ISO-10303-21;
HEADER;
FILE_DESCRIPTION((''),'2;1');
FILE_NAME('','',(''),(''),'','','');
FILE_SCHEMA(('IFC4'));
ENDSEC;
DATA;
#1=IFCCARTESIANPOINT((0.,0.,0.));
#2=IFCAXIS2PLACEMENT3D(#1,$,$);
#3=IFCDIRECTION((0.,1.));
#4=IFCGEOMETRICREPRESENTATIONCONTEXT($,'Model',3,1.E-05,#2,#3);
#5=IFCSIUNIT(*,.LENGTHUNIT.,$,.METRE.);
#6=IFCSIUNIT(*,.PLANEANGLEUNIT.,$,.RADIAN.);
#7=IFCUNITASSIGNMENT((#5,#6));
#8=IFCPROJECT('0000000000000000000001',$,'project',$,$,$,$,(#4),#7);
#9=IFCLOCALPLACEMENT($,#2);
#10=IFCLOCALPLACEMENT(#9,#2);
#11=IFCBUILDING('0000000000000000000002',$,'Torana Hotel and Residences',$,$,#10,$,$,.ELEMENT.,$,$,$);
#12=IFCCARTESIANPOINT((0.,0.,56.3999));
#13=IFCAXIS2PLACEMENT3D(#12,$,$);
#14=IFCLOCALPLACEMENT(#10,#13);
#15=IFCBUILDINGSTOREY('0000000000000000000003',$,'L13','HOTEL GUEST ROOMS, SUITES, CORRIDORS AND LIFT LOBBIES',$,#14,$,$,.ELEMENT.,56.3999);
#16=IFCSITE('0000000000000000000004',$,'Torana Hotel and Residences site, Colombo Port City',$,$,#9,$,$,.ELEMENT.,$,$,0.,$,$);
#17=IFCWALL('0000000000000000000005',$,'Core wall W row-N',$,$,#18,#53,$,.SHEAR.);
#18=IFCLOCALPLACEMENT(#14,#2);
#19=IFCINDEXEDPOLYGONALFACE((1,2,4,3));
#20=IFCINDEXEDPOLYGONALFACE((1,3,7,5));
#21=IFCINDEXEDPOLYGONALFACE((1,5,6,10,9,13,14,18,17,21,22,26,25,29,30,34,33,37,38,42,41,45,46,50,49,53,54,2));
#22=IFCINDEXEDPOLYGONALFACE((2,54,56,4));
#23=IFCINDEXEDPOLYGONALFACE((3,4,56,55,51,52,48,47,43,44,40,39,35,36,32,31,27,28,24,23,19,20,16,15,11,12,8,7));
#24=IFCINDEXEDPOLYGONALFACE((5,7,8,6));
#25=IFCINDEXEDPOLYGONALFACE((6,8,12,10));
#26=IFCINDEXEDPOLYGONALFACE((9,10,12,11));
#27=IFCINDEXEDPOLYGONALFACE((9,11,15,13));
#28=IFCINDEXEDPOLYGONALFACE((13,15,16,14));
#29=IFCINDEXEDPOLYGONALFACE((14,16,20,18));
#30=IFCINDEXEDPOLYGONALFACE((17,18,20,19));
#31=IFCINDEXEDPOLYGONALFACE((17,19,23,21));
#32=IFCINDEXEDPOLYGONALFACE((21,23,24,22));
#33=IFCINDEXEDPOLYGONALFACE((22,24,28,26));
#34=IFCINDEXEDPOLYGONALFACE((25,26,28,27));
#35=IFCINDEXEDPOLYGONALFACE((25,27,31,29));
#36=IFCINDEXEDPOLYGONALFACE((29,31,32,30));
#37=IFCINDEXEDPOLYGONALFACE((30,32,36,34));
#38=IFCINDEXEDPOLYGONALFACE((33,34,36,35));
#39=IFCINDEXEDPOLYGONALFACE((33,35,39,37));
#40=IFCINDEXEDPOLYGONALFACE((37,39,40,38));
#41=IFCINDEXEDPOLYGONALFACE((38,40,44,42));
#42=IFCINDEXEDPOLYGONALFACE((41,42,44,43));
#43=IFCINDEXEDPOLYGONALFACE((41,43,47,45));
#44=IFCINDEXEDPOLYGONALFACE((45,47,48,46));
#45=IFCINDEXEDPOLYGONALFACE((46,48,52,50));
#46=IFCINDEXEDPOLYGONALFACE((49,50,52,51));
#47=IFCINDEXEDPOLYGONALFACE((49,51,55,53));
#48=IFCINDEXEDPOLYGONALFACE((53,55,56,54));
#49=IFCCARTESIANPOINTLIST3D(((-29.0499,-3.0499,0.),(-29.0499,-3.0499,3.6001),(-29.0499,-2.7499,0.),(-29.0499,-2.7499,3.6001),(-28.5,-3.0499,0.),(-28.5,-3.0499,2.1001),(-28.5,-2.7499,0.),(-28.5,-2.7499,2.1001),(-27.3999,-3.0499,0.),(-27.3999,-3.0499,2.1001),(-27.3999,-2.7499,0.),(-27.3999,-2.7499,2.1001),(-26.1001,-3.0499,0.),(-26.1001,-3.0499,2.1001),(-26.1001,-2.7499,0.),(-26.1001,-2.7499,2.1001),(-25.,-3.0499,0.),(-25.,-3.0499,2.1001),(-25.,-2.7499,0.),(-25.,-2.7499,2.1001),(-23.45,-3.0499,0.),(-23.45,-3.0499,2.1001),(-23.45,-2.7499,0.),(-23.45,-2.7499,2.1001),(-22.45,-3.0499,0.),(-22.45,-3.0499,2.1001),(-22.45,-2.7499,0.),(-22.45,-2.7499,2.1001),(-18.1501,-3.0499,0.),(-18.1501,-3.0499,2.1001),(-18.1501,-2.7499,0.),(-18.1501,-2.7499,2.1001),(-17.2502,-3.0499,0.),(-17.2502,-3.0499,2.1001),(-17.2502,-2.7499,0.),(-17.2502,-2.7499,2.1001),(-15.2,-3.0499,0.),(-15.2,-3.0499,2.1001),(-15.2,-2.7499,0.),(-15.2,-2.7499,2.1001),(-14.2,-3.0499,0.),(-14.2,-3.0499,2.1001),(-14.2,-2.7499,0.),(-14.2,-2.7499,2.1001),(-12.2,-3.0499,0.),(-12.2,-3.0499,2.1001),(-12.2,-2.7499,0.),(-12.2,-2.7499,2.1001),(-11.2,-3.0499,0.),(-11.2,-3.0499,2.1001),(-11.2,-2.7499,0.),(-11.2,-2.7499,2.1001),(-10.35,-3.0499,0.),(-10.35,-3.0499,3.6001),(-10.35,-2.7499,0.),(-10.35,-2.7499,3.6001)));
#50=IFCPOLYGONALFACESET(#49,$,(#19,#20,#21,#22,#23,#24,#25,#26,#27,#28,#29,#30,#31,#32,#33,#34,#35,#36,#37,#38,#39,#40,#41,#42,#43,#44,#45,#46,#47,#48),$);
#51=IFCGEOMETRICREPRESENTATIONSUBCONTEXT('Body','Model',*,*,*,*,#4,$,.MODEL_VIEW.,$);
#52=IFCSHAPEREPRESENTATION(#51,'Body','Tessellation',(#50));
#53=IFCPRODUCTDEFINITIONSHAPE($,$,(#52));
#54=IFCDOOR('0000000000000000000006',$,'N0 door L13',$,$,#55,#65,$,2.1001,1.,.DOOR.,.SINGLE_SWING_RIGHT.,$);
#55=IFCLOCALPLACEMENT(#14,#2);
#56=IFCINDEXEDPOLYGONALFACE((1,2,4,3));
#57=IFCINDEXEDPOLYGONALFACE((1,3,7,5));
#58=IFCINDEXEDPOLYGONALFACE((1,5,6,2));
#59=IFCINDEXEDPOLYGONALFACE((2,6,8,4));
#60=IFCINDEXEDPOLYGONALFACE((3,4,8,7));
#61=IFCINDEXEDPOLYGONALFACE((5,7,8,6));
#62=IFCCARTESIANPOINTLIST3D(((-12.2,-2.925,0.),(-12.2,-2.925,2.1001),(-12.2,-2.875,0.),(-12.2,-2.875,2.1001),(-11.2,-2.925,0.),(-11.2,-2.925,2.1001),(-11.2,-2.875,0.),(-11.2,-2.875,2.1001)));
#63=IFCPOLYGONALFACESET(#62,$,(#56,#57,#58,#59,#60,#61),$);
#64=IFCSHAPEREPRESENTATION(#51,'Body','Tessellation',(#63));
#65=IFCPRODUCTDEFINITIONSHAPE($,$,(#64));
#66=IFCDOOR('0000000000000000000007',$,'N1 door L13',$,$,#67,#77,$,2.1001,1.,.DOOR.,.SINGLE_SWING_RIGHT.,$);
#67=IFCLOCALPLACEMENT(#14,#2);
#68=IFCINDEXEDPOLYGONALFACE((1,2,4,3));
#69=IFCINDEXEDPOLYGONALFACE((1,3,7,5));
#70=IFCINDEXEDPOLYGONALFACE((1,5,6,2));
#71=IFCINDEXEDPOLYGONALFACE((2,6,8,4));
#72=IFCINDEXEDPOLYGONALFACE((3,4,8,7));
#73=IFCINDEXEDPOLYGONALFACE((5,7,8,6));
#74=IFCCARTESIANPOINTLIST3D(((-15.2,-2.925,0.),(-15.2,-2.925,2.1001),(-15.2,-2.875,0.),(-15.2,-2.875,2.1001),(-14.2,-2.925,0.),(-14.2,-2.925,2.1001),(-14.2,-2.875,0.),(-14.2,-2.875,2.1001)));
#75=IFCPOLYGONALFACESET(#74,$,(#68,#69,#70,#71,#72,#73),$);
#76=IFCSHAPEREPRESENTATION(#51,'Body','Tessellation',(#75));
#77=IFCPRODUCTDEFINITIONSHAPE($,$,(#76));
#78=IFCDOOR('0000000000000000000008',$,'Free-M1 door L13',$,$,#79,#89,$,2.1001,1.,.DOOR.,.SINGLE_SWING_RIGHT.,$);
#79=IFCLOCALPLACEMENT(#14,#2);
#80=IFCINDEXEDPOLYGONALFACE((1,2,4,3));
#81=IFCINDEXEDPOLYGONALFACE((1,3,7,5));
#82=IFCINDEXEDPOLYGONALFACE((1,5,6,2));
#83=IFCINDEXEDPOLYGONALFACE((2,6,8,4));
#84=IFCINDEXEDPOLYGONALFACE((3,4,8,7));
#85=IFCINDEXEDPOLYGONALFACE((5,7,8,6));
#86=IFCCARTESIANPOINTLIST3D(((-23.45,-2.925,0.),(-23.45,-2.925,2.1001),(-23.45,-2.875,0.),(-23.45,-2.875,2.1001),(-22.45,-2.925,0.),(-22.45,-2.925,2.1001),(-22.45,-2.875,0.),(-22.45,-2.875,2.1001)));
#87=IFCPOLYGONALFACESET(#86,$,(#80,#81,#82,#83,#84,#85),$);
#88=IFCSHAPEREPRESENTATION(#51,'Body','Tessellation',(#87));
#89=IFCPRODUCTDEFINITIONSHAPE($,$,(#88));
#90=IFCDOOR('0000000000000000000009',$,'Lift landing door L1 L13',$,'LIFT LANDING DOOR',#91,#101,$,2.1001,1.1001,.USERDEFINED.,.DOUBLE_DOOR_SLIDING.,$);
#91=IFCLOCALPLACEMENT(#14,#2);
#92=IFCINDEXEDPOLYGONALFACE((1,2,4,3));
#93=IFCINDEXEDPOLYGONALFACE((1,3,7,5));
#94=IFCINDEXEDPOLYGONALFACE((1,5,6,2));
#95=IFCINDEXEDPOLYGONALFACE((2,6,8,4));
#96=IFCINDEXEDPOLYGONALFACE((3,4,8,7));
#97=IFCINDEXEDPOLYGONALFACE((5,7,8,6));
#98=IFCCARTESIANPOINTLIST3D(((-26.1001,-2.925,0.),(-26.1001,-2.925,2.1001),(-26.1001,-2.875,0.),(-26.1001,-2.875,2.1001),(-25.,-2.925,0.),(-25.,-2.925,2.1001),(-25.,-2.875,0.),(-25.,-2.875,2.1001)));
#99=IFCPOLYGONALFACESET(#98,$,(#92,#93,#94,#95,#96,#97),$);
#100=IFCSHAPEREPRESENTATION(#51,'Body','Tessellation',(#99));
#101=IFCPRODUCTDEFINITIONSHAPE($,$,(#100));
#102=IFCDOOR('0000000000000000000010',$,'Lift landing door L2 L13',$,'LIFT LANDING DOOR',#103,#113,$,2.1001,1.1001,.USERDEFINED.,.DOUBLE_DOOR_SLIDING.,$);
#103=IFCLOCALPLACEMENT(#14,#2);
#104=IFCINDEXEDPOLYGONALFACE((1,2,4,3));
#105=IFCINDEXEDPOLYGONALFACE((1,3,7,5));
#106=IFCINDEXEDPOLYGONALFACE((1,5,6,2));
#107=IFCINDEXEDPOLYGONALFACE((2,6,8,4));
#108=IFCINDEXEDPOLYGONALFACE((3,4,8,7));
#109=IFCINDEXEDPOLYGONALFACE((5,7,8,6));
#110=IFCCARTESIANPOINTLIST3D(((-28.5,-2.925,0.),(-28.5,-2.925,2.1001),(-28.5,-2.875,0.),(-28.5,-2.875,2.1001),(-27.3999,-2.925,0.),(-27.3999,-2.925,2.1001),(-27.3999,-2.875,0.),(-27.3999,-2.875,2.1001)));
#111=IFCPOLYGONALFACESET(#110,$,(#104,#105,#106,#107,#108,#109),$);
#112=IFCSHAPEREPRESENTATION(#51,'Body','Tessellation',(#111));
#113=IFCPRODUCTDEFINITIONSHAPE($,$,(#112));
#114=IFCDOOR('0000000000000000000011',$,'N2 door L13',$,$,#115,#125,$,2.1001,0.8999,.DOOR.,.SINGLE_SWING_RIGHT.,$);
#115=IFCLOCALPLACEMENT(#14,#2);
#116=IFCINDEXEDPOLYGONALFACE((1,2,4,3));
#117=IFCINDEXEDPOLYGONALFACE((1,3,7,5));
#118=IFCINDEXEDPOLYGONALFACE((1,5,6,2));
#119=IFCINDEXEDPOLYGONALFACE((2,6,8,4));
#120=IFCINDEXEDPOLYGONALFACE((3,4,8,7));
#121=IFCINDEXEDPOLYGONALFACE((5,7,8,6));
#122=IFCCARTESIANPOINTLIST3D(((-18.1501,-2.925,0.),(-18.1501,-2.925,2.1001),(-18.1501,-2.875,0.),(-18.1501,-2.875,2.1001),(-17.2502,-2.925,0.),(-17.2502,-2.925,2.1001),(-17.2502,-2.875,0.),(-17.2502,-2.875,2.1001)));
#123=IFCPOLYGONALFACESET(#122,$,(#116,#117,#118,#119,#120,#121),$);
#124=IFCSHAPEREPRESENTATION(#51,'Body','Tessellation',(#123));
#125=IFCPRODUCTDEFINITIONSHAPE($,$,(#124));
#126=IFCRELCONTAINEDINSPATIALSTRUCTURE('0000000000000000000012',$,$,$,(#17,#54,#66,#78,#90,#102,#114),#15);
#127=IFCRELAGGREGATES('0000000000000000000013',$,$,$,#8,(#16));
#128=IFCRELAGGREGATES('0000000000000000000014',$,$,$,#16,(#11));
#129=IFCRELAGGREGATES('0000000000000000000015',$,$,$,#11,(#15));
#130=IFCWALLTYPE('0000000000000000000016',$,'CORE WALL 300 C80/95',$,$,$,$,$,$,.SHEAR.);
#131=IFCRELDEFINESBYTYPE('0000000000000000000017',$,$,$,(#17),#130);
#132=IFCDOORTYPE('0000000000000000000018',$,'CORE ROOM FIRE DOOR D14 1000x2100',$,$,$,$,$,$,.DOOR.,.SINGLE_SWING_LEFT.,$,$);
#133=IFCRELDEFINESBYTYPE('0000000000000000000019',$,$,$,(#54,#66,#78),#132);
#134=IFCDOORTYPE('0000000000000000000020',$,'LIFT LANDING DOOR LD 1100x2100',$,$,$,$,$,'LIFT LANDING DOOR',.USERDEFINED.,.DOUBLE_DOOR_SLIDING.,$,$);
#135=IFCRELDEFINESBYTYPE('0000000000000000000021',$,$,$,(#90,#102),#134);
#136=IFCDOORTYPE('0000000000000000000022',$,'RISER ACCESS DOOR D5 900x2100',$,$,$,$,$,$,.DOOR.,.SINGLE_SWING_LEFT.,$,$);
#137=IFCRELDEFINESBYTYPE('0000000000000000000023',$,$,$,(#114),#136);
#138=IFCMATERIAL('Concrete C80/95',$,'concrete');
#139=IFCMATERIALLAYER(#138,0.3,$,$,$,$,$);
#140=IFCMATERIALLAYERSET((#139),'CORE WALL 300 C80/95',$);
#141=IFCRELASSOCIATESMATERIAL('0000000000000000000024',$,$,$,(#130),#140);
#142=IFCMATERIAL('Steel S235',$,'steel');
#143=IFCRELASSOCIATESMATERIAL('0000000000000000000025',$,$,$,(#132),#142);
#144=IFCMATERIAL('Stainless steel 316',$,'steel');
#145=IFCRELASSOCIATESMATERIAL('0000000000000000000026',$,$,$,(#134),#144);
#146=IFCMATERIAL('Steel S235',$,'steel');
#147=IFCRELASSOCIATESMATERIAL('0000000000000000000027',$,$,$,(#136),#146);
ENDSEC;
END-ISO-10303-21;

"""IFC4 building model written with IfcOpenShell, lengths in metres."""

from ifc_helpers import new_model, si_unit, direction, frame, frame_2d, origin, place, context, subcontext, project, spatial, rectangle, extrude, material, layer, layer_set, type_object, element, fill, save


model = new_model("IFC4")

# Units and contexts
model_context = context("Model", 3, precision=1e-05, world=origin(), true_north=direction((0.0, 1.0)))
body_context = subcontext(model_context, "Body", "Model", "MODEL_VIEW")
ifc_project = project(units=[si_unit("LENGTHUNIT", "METRE"), si_unit("PLANEANGLEUNIT", "RADIAN")], contexts=[model_context])

# Site, building, storey
site_placement = place(None, origin())
site = spatial("IfcSite", under=ifc_project, at=site_placement, Name="Torana Hotel and Residences site, Colombo Port City", CompositionType="ELEMENT", RefElevation=0.0)
building_placement = place(site_placement, origin())
building = spatial("IfcBuilding", under=site, at=building_placement, Name="Torana Hotel and Residences", CompositionType="ELEMENT")
storey_placement = place(building_placement, frame((0.0, 0.0, 56.3999)))
storey = spatial("IfcBuildingStorey", under=building, at=storey_placement, Name="L13", Description="HOTEL GUEST ROOMS, SUITES, CORRIDORS AND LIFT LOBBIES", CompositionType="ELEMENT", Elevation=56.3999)

# Wall, openings, doors
ifc_material_1 = material(Name="Concrete C80/95", Category="concrete")
ifc_layer_1 = layer(ifc_material_1, 0.3)
ifc_layer_set_1 = layer_set([ifc_layer_1], Name="CORE WALL 300 C80/95")
wall_type_1 = type_object("IfcWallType", Name="CORE WALL 300 C80/95", PredefinedType="SHEAR", material=ifc_layer_set_1)
wall_1_placement = place(storey_placement, frame((-29.05, -2.8999, 0.0), z_axis=(0.0, 0.0, 1.0), x_axis=(1.0, 0.0, 0.0)))
wall_1 = element("IfcWall", 1, at=wall_1_placement, inside=storey, type_object=wall_type_1, Name="Core wall W row-N", PredefinedType="SHEAR", context=body_context, shape_type="SweptSolid", body=[
    extrude(rectangle(XDim=18.7, YDim=0.3, at=frame_2d((9.3501, 0.0))), origin(), (0.0, 0.0, 1.0), 3.6001),
])
opening_1_placement = place(wall_1_placement, frame((2.95, 0.0, 0.0)))
opening_1 = element("IfcOpeningElement", 2, at=opening_1_placement, cuts=wall_1, PredefinedType="OPENING", context=body_context, shape_type="SweptSolid", body=[
    extrude(rectangle(XDim=1.1001, YDim=2.1001, at=frame_2d((0.55, 1.05))), frame((0.0, 0.1599, 0.0), z_axis=(0.0, -1.0, 0.0), x_axis=(1.0, 0.0, 0.0)), (0.0, 0.0, 1.0), 0.3201),
])
opening_2_placement = place(wall_1_placement, frame((0.55, 0.0, 0.0)))
opening_2 = element("IfcOpeningElement", 3, at=opening_2_placement, cuts=wall_1, PredefinedType="OPENING", context=body_context, shape_type="SweptSolid", body=[
    extrude(rectangle(XDim=1.1001, YDim=2.1001, at=frame_2d((0.55, 1.05))), frame((0.0, 0.1599, 0.0), z_axis=(0.0, -1.0, 0.0), x_axis=(1.0, 0.0, 0.0)), (0.0, 0.0, 1.0), 0.3201),
])
opening_3_placement = place(wall_1_placement, frame((10.8999, 0.0, 0.0)))
opening_3 = element("IfcOpeningElement", 4, at=opening_3_placement, cuts=wall_1, PredefinedType="OPENING", context=body_context, shape_type="SweptSolid", body=[
    extrude(rectangle(XDim=0.8999, YDim=2.1001, at=frame_2d((0.45, 1.05))), frame((0.0, 0.1599, 0.0), z_axis=(0.0, -1.0, 0.0), x_axis=(1.0, 0.0, 0.0)), (0.0, 0.0, 1.0), 0.3201),
])
opening_4_placement = place(wall_1_placement, frame((16.8501, 0.0, 0.0)))
opening_4 = element("IfcOpeningElement", 5, at=opening_4_placement, cuts=wall_1, PredefinedType="OPENING", context=body_context, shape_type="SweptSolid", body=[
    extrude(rectangle(XDim=1.0, YDim=2.1001, at=frame_2d((0.5, 1.05))), frame((0.0, 0.1599, 0.0), z_axis=(0.0, -1.0, 0.0), x_axis=(1.0, 0.0, 0.0)), (0.0, 0.0, 1.0), 0.3201),
])
opening_5_placement = place(wall_1_placement, frame((13.8501, 0.0, 0.0)))
opening_5 = element("IfcOpeningElement", 6, at=opening_5_placement, cuts=wall_1, PredefinedType="OPENING", context=body_context, shape_type="SweptSolid", body=[
    extrude(rectangle(XDim=1.0, YDim=2.1001, at=frame_2d((0.5, 1.05))), frame((0.0, 0.1599, 0.0), z_axis=(0.0, -1.0, 0.0), x_axis=(1.0, 0.0, 0.0)), (0.0, 0.0, 1.0), 0.3201),
])
opening_6_placement = place(wall_1_placement, frame((5.6001, 0.0, 0.0)))
opening_6 = element("IfcOpeningElement", 7, at=opening_6_placement, cuts=wall_1, PredefinedType="OPENING", context=body_context, shape_type="SweptSolid", body=[
    extrude(rectangle(XDim=1.0, YDim=2.1001, at=frame_2d((0.5, 1.05))), frame((0.0, 0.1599, 0.0), z_axis=(0.0, -1.0, 0.0), x_axis=(1.0, 0.0, 0.0)), (0.0, 0.0, 1.0), 0.3201),
])
ifc_material_2 = material(Name="Steel S235", Category="steel")
door_type_1 = type_object("IfcDoorType", Name="CORE ROOM FIRE DOOR D14 1000x2100", OperationType="SINGLE_SWING_LEFT", PredefinedType="DOOR", material=ifc_material_2)
door_1_placement = place(opening_4_placement, origin())
door_1 = element("IfcDoor", 8, at=door_1_placement, inside=storey, type_object=door_type_1, Name="N0 door L13", OperationType="SINGLE_SWING_RIGHT", OverallHeight=2.1001, OverallWidth=1.0, PredefinedType="DOOR", context=body_context, shape_type="SweptSolid", body=[
    extrude(rectangle(XDim=1.0, YDim=2.1001, at=frame_2d((0.5, 1.05))), frame((0.0, 0.0249, 0.0), z_axis=(0.0, -1.0, 0.0), x_axis=(1.0, 0.0, 0.0)), (0.0, 0.0, 1.0), 0.05),
])
fill(opening_4, door_1)
door_2_placement = place(opening_5_placement, origin())
door_2 = element("IfcDoor", 9, at=door_2_placement, inside=storey, type_object=door_type_1, Name="N1 door L13", OperationType="SINGLE_SWING_RIGHT", OverallHeight=2.1001, OverallWidth=1.0, PredefinedType="DOOR", context=body_context, shape_type="SweptSolid", body=[
    extrude(rectangle(XDim=1.0, YDim=2.1001, at=frame_2d((0.5, 1.05))), frame((0.0, 0.0249, 0.0), z_axis=(0.0, -1.0, 0.0), x_axis=(1.0, 0.0, 0.0)), (0.0, 0.0, 1.0), 0.05),
])
fill(opening_5, door_2)
door_3_placement = place(opening_6_placement, origin())
door_3 = element("IfcDoor", 10, at=door_3_placement, inside=storey, type_object=door_type_1, Name="Free-M1 door L13", OperationType="SINGLE_SWING_RIGHT", OverallHeight=2.1001, OverallWidth=1.0, PredefinedType="DOOR", context=body_context, shape_type="SweptSolid", body=[
    extrude(rectangle(XDim=1.0, YDim=2.1001, at=frame_2d((0.5, 1.05))), frame((0.0, 0.0249, 0.0), z_axis=(0.0, -1.0, 0.0), x_axis=(1.0, 0.0, 0.0)), (0.0, 0.0, 1.0), 0.05),
])
fill(opening_6, door_3)
ifc_material_3 = material(Name="Stainless steel 316", Category="steel")
door_type_2 = type_object("IfcDoorType", Name="LIFT LANDING DOOR LD 1100x2100", ElementType="LIFT LANDING DOOR", OperationType="DOUBLE_DOOR_SLIDING", PredefinedType="USERDEFINED", material=ifc_material_3)
door_4_placement = place(opening_1_placement, origin())
door_4 = element("IfcDoor", 11, at=door_4_placement, inside=storey, type_object=door_type_2, Name="Lift landing door L1 L13", ObjectType="LIFT LANDING DOOR", OperationType="DOUBLE_DOOR_SLIDING", OverallHeight=2.1001, OverallWidth=1.1001, PredefinedType="USERDEFINED", context=body_context, shape_type="SweptSolid", body=[
    extrude(rectangle(XDim=1.1001, YDim=2.1001, at=frame_2d((0.55, 1.05))), frame((0.0, 0.0249, 0.0), z_axis=(0.0, -1.0, 0.0), x_axis=(1.0, 0.0, 0.0)), (0.0, 0.0, 1.0), 0.05),
])
fill(opening_1, door_4)
door_5_placement = place(opening_2_placement, origin())
door_5 = element("IfcDoor", 12, at=door_5_placement, inside=storey, type_object=door_type_2, Name="Lift landing door L2 L13", ObjectType="LIFT LANDING DOOR", OperationType="DOUBLE_DOOR_SLIDING", OverallHeight=2.1001, OverallWidth=1.1001, PredefinedType="USERDEFINED", context=body_context, shape_type="SweptSolid", body=[
    extrude(rectangle(XDim=1.1001, YDim=2.1001, at=frame_2d((0.55, 1.05))), frame((0.0, 0.0249, 0.0), z_axis=(0.0, -1.0, 0.0), x_axis=(1.0, 0.0, 0.0)), (0.0, 0.0, 1.0), 0.05),
])
fill(opening_2, door_5)
ifc_material_4 = material(Name="Steel S235", Category="steel")
door_type_3 = type_object("IfcDoorType", Name="RISER ACCESS DOOR D5 900x2100", OperationType="SINGLE_SWING_LEFT", PredefinedType="DOOR", material=ifc_material_4)
door_6_placement = place(opening_3_placement, origin())
door_6 = element("IfcDoor", 13, at=door_6_placement, inside=storey, type_object=door_type_3, Name="N2 door L13", OperationType="SINGLE_SWING_RIGHT", OverallHeight=2.1001, OverallWidth=0.8999, PredefinedType="DOOR", context=body_context, shape_type="SweptSolid", body=[
    extrude(rectangle(XDim=0.8999, YDim=2.1001, at=frame_2d((0.45, 1.05))), frame((0.0, 0.0249, 0.0), z_axis=(0.0, -1.0, 0.0), x_axis=(1.0, 0.0, 0.0)), (0.0, 0.0, 1.0), 0.05),
])
fill(opening_3, door_6)

save(model, "model.ifc")
